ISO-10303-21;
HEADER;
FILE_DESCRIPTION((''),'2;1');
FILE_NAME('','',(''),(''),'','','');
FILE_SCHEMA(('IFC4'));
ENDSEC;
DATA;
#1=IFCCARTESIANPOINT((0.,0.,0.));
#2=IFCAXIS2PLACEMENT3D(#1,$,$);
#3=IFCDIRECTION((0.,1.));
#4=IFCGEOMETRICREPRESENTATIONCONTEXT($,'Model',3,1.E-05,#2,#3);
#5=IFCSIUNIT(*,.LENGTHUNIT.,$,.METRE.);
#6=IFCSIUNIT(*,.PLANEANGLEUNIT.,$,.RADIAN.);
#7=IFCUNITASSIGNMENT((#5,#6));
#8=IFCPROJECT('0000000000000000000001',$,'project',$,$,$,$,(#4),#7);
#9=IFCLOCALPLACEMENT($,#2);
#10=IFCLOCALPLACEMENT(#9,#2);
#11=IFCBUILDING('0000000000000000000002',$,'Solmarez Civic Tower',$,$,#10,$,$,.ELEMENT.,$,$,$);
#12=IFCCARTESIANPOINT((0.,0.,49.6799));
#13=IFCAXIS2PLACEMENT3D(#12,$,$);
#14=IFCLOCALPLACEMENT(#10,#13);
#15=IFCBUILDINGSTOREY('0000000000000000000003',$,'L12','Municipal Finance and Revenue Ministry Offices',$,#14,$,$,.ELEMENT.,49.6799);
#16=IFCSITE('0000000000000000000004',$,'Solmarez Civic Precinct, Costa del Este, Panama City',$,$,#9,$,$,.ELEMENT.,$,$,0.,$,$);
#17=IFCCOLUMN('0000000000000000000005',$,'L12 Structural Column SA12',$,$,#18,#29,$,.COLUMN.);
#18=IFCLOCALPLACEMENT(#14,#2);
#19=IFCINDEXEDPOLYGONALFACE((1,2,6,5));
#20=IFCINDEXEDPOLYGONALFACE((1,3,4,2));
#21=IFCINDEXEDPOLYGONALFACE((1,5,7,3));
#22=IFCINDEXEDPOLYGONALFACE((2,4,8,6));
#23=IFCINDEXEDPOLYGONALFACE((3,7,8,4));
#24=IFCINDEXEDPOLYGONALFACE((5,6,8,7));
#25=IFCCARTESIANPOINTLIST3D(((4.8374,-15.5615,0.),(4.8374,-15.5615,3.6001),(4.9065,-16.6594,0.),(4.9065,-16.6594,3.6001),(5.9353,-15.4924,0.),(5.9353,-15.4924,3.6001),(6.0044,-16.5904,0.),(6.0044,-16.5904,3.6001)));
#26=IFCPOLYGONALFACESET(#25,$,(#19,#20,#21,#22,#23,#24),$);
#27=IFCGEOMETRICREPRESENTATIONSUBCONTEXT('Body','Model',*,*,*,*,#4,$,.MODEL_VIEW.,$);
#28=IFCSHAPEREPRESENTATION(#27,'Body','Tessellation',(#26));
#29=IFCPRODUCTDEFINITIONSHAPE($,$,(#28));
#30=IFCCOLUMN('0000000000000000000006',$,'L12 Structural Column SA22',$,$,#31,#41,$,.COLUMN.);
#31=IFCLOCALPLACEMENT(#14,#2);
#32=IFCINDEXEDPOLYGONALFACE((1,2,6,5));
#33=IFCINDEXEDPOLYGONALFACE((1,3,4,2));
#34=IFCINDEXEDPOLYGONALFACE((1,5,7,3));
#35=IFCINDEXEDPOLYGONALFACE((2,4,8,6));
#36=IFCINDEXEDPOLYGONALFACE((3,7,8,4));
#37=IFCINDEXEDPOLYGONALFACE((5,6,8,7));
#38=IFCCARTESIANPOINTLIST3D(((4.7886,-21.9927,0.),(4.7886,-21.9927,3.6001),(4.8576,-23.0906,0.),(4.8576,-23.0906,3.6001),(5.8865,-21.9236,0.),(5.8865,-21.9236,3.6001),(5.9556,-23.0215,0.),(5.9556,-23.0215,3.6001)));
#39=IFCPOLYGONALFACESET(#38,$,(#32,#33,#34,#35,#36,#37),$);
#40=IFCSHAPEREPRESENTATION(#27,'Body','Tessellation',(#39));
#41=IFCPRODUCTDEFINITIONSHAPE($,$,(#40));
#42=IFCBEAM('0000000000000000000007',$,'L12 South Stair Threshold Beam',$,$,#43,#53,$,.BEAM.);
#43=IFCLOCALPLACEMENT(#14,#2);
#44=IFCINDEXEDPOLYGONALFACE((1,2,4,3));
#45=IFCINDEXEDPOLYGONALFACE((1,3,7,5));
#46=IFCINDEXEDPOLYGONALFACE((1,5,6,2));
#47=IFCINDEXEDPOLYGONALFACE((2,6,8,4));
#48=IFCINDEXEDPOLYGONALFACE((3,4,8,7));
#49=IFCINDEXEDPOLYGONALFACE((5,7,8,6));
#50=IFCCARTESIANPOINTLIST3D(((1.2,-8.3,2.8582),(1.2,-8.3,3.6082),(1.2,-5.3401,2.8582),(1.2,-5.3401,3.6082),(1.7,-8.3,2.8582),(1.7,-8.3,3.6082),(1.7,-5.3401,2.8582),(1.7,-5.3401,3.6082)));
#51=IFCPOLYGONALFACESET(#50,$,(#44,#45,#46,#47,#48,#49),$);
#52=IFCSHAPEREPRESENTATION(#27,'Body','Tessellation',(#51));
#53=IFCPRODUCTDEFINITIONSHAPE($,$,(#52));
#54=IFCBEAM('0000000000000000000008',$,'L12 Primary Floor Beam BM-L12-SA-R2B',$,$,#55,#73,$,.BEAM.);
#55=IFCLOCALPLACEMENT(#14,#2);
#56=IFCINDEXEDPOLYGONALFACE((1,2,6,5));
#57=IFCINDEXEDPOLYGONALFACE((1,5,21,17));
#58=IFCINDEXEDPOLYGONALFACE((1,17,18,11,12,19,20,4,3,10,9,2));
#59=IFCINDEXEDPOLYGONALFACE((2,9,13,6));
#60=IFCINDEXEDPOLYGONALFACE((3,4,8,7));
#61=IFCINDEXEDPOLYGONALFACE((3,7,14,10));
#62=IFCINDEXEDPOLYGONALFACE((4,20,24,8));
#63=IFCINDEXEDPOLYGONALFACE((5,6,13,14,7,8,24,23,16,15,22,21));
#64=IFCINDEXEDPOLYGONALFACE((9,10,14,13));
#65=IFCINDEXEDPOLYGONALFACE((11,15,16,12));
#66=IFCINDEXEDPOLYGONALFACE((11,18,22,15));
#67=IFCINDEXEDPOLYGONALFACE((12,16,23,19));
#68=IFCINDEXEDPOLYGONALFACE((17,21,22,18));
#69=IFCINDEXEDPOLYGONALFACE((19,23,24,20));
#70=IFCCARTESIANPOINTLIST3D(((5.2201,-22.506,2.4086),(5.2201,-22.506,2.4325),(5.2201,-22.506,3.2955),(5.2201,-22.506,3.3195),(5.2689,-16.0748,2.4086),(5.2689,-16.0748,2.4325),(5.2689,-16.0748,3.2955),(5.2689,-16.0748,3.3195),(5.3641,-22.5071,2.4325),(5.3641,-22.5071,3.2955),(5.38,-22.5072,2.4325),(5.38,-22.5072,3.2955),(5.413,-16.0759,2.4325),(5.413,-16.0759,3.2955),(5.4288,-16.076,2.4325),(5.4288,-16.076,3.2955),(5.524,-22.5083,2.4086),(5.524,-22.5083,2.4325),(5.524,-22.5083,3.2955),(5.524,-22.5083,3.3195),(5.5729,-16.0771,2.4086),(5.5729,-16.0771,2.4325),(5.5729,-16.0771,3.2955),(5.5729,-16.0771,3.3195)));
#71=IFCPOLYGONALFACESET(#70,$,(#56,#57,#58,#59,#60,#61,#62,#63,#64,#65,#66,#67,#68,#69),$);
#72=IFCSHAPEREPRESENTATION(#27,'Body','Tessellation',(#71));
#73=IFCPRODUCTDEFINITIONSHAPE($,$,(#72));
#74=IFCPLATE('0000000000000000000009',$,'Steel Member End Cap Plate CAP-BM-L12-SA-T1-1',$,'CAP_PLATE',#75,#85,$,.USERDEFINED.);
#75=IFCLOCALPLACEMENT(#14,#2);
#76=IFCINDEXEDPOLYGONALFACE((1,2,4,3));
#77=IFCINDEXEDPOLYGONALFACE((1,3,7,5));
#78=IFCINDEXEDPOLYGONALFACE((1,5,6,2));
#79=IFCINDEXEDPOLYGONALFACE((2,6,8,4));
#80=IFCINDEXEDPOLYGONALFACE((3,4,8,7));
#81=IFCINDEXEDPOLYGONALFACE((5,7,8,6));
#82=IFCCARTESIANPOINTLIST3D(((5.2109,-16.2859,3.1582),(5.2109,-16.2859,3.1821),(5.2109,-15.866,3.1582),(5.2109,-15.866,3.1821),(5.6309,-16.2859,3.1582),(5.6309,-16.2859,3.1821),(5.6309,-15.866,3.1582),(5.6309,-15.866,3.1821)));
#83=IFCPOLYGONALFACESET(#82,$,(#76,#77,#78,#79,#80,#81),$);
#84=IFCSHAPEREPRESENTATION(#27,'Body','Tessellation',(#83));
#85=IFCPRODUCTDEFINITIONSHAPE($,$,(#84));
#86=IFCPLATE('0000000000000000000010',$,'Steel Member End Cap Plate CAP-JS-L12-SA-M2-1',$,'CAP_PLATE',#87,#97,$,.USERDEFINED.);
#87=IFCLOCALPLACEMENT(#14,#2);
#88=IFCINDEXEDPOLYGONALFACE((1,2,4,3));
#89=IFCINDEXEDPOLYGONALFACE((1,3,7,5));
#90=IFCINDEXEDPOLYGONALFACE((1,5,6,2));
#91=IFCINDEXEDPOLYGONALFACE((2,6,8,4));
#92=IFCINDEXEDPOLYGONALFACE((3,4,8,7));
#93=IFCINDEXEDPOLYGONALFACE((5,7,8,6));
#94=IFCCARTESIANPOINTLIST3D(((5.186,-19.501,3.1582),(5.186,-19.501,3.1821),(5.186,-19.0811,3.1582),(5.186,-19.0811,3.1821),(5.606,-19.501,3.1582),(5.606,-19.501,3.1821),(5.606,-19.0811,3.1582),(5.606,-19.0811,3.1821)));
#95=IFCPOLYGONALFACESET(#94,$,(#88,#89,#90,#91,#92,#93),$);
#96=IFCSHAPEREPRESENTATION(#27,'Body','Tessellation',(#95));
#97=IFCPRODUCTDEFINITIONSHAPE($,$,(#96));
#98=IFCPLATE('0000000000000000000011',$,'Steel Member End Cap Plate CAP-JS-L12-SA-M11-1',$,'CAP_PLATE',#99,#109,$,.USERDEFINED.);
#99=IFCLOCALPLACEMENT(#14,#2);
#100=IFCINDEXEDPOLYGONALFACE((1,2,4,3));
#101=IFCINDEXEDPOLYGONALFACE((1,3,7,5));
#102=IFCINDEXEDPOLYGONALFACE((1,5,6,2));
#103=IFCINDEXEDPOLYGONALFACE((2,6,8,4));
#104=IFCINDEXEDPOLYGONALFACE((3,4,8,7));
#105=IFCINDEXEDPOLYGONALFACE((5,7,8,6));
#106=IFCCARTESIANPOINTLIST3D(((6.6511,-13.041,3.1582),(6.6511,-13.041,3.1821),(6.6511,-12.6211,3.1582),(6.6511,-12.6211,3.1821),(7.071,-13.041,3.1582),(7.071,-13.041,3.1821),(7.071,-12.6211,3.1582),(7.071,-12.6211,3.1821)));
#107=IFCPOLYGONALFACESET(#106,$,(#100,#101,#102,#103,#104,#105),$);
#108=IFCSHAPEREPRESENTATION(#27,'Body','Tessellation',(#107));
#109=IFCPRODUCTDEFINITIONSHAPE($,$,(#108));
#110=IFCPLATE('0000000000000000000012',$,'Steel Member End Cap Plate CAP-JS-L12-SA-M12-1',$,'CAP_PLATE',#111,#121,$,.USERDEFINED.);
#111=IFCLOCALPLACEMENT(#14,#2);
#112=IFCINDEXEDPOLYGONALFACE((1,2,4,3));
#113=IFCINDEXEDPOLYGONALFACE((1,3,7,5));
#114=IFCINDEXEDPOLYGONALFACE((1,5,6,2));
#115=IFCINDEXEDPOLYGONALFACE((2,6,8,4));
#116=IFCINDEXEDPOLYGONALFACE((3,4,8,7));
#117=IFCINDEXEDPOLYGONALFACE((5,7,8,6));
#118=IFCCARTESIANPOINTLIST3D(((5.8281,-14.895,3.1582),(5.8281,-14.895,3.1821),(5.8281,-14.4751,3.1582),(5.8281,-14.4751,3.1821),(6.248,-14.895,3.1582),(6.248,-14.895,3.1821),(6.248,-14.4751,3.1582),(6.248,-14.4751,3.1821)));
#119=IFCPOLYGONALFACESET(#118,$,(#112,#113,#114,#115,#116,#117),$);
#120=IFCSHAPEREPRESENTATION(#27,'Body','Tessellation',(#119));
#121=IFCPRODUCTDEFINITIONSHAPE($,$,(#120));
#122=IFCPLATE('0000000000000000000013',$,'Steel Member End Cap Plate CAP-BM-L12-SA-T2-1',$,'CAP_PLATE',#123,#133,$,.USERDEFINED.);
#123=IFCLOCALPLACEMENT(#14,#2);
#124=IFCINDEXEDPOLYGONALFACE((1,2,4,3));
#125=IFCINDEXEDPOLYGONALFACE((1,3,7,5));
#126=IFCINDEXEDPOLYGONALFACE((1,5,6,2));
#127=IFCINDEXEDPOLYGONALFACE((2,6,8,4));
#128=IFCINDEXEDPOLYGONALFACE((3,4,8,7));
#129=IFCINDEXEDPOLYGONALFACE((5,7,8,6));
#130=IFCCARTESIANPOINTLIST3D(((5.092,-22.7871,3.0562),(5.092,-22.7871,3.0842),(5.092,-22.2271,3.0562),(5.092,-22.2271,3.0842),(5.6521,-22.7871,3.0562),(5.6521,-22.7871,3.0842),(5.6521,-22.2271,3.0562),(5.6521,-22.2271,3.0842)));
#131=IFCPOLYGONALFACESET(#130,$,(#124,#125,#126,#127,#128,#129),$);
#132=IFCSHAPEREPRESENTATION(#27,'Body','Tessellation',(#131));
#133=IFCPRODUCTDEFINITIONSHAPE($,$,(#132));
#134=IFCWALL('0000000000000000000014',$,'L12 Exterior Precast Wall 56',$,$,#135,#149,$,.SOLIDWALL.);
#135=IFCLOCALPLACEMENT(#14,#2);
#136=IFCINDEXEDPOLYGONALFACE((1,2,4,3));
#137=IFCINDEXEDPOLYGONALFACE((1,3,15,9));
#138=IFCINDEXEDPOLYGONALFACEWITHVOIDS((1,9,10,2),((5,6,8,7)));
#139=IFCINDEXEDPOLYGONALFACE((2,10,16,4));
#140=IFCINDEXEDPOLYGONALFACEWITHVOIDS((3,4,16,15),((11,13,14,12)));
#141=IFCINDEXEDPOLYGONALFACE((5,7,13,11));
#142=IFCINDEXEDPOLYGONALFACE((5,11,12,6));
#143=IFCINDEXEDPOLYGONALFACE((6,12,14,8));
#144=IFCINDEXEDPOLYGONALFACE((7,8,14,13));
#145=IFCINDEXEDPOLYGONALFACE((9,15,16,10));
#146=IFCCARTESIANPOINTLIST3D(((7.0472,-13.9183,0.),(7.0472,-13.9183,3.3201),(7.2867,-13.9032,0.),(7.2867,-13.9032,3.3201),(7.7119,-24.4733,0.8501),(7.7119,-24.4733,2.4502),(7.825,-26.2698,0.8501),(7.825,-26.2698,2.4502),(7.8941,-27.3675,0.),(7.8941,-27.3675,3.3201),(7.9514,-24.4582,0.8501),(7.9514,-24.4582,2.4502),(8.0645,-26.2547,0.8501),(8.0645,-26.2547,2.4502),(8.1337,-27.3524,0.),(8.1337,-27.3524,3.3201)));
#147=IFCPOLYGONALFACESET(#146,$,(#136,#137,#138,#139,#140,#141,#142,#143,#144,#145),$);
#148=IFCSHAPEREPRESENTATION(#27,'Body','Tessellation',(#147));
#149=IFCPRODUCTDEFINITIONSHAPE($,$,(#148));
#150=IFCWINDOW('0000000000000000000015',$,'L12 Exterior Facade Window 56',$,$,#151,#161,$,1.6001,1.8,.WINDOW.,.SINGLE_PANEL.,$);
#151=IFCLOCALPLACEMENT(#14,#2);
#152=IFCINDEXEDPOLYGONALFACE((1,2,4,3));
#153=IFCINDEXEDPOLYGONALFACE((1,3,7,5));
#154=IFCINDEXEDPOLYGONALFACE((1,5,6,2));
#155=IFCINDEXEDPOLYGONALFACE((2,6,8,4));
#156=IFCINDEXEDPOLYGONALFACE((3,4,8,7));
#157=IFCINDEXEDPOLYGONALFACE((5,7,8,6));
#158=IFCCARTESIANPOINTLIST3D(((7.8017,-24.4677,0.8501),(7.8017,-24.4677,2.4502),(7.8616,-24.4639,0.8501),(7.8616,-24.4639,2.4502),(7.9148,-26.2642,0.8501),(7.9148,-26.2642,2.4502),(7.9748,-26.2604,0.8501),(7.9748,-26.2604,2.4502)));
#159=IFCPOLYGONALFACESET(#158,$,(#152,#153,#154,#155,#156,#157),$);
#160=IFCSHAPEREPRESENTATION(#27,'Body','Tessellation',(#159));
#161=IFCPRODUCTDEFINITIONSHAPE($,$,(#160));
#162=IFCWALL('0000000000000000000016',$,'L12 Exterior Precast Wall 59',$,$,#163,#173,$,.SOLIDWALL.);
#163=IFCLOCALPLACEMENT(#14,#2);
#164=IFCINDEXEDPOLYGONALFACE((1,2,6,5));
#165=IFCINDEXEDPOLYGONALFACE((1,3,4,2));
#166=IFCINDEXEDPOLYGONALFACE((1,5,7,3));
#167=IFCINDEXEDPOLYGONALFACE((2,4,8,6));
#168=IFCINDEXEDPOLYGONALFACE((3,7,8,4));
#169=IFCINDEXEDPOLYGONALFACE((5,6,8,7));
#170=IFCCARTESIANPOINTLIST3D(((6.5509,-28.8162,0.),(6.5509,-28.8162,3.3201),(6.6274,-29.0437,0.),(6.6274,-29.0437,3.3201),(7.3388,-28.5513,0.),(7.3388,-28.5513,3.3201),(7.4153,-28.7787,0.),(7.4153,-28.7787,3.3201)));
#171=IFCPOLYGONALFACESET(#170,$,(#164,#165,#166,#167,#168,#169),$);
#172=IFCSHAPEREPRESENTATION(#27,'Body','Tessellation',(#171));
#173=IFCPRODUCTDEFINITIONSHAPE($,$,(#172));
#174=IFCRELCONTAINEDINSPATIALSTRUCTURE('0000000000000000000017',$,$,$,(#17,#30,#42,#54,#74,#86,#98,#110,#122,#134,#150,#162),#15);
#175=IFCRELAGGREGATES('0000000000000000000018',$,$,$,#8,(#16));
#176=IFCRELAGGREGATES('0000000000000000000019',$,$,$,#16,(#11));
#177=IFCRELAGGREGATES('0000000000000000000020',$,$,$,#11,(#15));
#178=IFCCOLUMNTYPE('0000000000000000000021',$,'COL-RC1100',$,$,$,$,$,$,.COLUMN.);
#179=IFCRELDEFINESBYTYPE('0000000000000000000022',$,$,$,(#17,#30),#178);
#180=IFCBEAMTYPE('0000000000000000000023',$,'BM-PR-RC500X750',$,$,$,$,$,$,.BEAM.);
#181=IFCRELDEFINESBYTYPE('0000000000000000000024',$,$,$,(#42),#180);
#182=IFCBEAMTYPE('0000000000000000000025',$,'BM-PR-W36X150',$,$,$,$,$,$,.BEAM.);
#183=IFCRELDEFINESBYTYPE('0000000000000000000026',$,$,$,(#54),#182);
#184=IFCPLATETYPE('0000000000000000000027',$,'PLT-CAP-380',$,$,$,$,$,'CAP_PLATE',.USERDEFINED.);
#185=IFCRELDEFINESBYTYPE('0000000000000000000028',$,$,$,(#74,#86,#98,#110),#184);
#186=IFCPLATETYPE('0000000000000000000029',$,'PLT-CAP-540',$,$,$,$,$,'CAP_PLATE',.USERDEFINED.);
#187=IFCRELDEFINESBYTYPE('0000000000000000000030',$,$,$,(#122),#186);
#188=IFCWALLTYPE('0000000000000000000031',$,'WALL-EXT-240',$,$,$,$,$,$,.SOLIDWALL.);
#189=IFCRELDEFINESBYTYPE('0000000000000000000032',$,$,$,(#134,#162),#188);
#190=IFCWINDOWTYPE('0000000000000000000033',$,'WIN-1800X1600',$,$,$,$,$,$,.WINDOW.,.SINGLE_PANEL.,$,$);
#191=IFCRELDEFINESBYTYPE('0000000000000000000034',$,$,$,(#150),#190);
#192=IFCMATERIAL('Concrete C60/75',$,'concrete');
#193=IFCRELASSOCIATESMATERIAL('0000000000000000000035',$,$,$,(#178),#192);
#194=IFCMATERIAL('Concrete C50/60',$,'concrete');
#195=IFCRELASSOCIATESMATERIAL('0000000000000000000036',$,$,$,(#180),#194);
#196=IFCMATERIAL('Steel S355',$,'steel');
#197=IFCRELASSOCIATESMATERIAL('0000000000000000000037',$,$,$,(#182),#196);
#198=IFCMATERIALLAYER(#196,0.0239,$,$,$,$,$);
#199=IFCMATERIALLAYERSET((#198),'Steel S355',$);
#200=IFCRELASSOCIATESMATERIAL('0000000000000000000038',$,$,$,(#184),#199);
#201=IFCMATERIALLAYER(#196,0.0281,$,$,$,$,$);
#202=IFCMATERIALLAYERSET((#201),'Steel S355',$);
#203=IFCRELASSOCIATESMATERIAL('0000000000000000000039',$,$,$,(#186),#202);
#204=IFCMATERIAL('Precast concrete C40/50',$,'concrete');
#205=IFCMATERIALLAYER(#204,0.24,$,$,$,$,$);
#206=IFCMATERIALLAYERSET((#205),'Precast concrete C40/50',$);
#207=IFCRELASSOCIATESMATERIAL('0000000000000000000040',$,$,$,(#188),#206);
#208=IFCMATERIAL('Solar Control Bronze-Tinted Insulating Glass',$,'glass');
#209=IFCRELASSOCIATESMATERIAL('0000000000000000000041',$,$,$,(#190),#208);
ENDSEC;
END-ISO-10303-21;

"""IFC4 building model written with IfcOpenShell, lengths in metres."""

from ifc_helpers import new_model, si_unit, direction, frame, frame_2d, origin, origin_2d, place, context, subcontext, project, spatial, rectangle, i_section, extrude, material, layer, layer_set, material_profile, profile_set, type_object, element, fill, save


model = new_model("IFC4")

# Units and contexts
model_context = context("Model", 3, precision=1e-05, world=origin(), true_north=direction((0.0, 1.0)))
body_context = subcontext(model_context, "Body", "Model", "MODEL_VIEW")
ifc_project = project(units=[si_unit("LENGTHUNIT", "METRE"), si_unit("PLANEANGLEUNIT", "RADIAN")], contexts=[model_context])

# Site, building, storey
site_placement = place(None, origin())
site = spatial("IfcSite", under=ifc_project, at=site_placement, Name="Solmarez Civic Precinct, Costa del Este, Panama City", CompositionType="ELEMENT", RefElevation=0.0)
building_placement = place(site_placement, origin())
building = spatial("IfcBuilding", under=site, at=building_placement, Name="Solmarez Civic Tower", CompositionType="ELEMENT")
storey_placement = place(building_placement, frame((0.0, 0.0, 49.6799)))
storey = spatial("IfcBuildingStorey", under=building, at=storey_placement, Name="L12", Description="Municipal Finance and Revenue Ministry Offices", CompositionType="ELEMENT", Elevation=49.6799)

# Columns
ifc_material_1 = material(Name="Concrete C60/75", Category="concrete")
ifc_material_profile_1 = material_profile(ifc_material_1, rectangle(XDim=1.1001, YDim=1.1001, at=origin_2d()), Name="RC1100X1100")
ifc_profile_set_1 = profile_set([ifc_material_profile_1], Name="Concrete C60/75")
column_type = type_object("IfcColumnType", Name="COL-RC1100", PredefinedType="COLUMN", material=ifc_profile_set_1)
for number, where, z_axis, x_axis, name in (
    (1, (5.4209, -16.0759, 0.0), (0.0, 0.0, 1.0), (0.998027, 0.062791, 0.0), "L12 Structural Column SA12"),
    (2, (5.3721, -22.5071, 0.0), (0.0, 0.0, 1.0), (0.998027, 0.062791, 0.0), "L12 Structural Column SA22"),
):
    element("IfcColumn", number, at=place(storey_placement, frame(where, z_axis=z_axis, x_axis=x_axis)), inside=storey, type_object=column_type, Name=name, PredefinedType="COLUMN", context=body_context, shape_type="SweptSolid", body=[
        extrude(rectangle(XDim=1.1001, YDim=1.1001, at=origin_2d()), origin(), (0.0, 0.0, 1.0), 3.6001),
    ])

# Beams
ifc_material_2 = material(Name="Concrete C50/60", Category="concrete")
ifc_material_profile_2 = material_profile(ifc_material_2, rectangle(XDim=0.5, YDim=0.75, at=origin_2d()), Name="RC500X750")
ifc_profile_set_2 = profile_set([ifc_material_profile_2], Name="Concrete C50/60")
beam_type_1 = type_object("IfcBeamType", Name="BM-PR-RC500X750", PredefinedType="BEAM", material=ifc_profile_set_2)
beam_1_placement = place(storey_placement, frame((1.45, -8.3, 3.2332), z_axis=(0.0, 1.0, 0.0), x_axis=(-1.0, 0.0, 0.0)))
element("IfcBeam", 3, at=beam_1_placement, inside=storey, type_object=beam_type_1, Name="L12 South Stair Threshold Beam", PredefinedType="BEAM", context=body_context, shape_type="SweptSolid", body=[
    extrude(rectangle(XDim=0.5, YDim=0.75, at=origin_2d()), origin(), (0.0, 0.0, 1.0), 2.96),
])
ifc_material_3 = material(Name="Steel S355", Category="steel")
ifc_material_profile_3 = material_profile(ifc_material_3, i_section(OverallWidth=0.304, OverallDepth=0.9109, WebThickness=0.0159, FlangeThickness=0.0239, at=origin_2d()), Name="W36X150")
ifc_profile_set_3 = profile_set([ifc_material_profile_3], Name="Steel S355")
beam_type_2 = type_object("IfcBeamType", Name="BM-PR-W36X150", PredefinedType="BEAM", material=ifc_profile_set_3)
beam_2_placement = place(storey_placement, frame((5.4209, -16.0759, 2.864), z_axis=(-0.007592, -0.999971, 0.0), x_axis=(0.999971, -0.007592, 0.0)))
element("IfcBeam", 4, at=beam_2_placement, inside=storey, type_object=beam_type_2, Name="L12 Primary Floor Beam BM-L12-SA-R2B", PredefinedType="BEAM", context=body_context, shape_type="SweptSolid", body=[
    extrude(i_section(OverallWidth=0.304, OverallDepth=0.9109, WebThickness=0.0159, FlangeThickness=0.0239, at=origin_2d()), origin(), (0.0, 0.0, 1.0), 6.4314),
])

# Plates
ifc_layer_1 = layer(ifc_material_3, 0.0239)
ifc_layer_set_1 = layer_set([ifc_layer_1], Name="Steel S355")
plate_type_1 = type_object("IfcPlateType", Name="PLT-CAP-380", ElementType="CAP_PLATE", PredefinedType="USERDEFINED", material=ifc_layer_set_1)
for number, where, z_axis, x_axis, name in (
    (5, (5.4209, -16.0759, 3.1582), (0.0, 0.0, 1.0), (1.0, 0.0, 0.0), "Steel Member End Cap Plate CAP-BM-L12-SA-T1-1"),
    (6, (5.396, -19.291, 3.1582), (0.0, 0.0, 1.0), (1.0, 0.0, 0.0), "Steel Member End Cap Plate CAP-JS-L12-SA-M2-1"),
    (7, (6.8611, -12.8311, 3.1582), (0.0, 0.0, 1.0), (1.0, 0.0, 0.0), "Steel Member End Cap Plate CAP-JS-L12-SA-M11-1"),
    (8, (6.0381, -14.6851, 3.1582), (0.0, 0.0, 1.0), (1.0, 0.0, 0.0), "Steel Member End Cap Plate CAP-JS-L12-SA-M12-1"),
):
    element("IfcPlate", number, at=place(storey_placement, frame(where, z_axis=z_axis, x_axis=x_axis)), inside=storey, type_object=plate_type_1, Name=name, ObjectType="CAP_PLATE", PredefinedType="USERDEFINED", context=body_context, shape_type="SweptSolid", body=[
        extrude(rectangle(XDim=0.4199, YDim=0.4199, at=origin_2d()), origin(), (0.0, 0.0, 1.0), 0.0239),
    ])
ifc_layer_2 = layer(ifc_material_3, 0.0281)
ifc_layer_set_2 = layer_set([ifc_layer_2], Name="Steel S355")
plate_type_2 = type_object("IfcPlateType", Name="PLT-CAP-540", ElementType="CAP_PLATE", PredefinedType="USERDEFINED", material=ifc_layer_set_2)
plate_placement = place(storey_placement, frame((5.3721, -22.5071, 3.0562), z_axis=(0.0, 0.0, 1.0), x_axis=(1.0, 0.0, 0.0)))
element("IfcPlate", 9, at=plate_placement, inside=storey, type_object=plate_type_2, Name="Steel Member End Cap Plate CAP-BM-L12-SA-T2-1", ObjectType="CAP_PLATE", PredefinedType="USERDEFINED", context=body_context, shape_type="SweptSolid", body=[
    extrude(rectangle(XDim=0.5601, YDim=0.5601, at=origin_2d()), origin(), (0.0, 0.0, 1.0), 0.0281),
])

# Wall, opening, window
ifc_material_4 = material(Name="Precast concrete C40/50", Category="concrete")
ifc_layer_3 = layer(ifc_material_4, 0.24)
ifc_layer_set_3 = layer_set([ifc_layer_3], Name="Precast concrete C40/50")
wall_type_1 = type_object("IfcWallType", Name="WALL-EXT-240", PredefinedType="SOLIDWALL", material=ifc_layer_set_3)
wall_1_placement = place(storey_placement, frame((7.167, -13.9109, 0.0), z_axis=(0.0, 0.0, 1.0), x_axis=(0.062847, -0.998023, 0.0)))
wall_1 = element("IfcWall", 10, at=wall_1_placement, inside=storey, type_object=wall_type_1, Name="L12 Exterior Precast Wall 56", PredefinedType="SOLIDWALL", context=body_context, shape_type="SweptSolid", body=[
    extrude(rectangle(XDim=13.4758, YDim=0.24, at=frame_2d((6.7378, 0.0))), origin(), (0.0, 0.0, 1.0), 3.3201),
])
opening_1_placement = place(wall_1_placement, frame((10.5759, 0.0, 0.8501)))
opening_1 = element("IfcOpeningElement", 11, at=opening_1_placement, cuts=wall_1, PredefinedType="OPENING", context=body_context, shape_type="SweptSolid", body=[
    extrude(rectangle(XDim=1.8, YDim=1.6001, at=frame_2d((0.8999, 0.8))), frame((0.0, 0.1299, 0.0), z_axis=(0.0, -1.0, 0.0), x_axis=(1.0, 0.0, 0.0)), (0.0, 0.0, 1.0), 0.26),
])
ifc_material_5 = material(Name="Solar Control Bronze-Tinted Insulating Glass", Category="glass")
window_type_1 = type_object("IfcWindowType", Name="WIN-1800X1600", PartitioningType="SINGLE_PANEL", PredefinedType="WINDOW", material=ifc_material_5)
window_1_placement = place(opening_1_placement, origin())
window_1 = element("IfcWindow", 12, at=window_1_placement, inside=storey, type_object=window_type_1, Name="L12 Exterior Facade Window 56", OverallHeight=1.6001, OverallWidth=1.8, PartitioningType="SINGLE_PANEL", PredefinedType="WINDOW", context=body_context, shape_type="SweptSolid", body=[
    extrude(rectangle(XDim=1.8, YDim=1.6001, at=frame_2d((0.8999, 0.8))), frame((0.0, 0.03, 0.0), z_axis=(0.0, -1.0, 0.0), x_axis=(1.0, 0.0, 0.0)), (0.0, 0.0, 1.0), 0.0601),
])
fill(opening_1, window_1)

# Wall
wall_2_placement = place(storey_placement, frame((7.377, -28.665, 0.0), z_axis=(0.0, 0.0, 1.0), x_axis=(-0.947858, -0.318694, 0.0)))
element("IfcWall", 13, at=wall_2_placement, inside=storey, type_object=wall_type_1, Name="L12 Exterior Precast Wall 59", PredefinedType="SOLIDWALL", context=body_context, shape_type="SweptSolid", body=[
    extrude(rectangle(XDim=0.8313, YDim=0.24, at=frame_2d((0.4155, 0.0))), origin(), (0.0, 0.0, 1.0), 3.3201),
])

save(model, "model.ifc")
